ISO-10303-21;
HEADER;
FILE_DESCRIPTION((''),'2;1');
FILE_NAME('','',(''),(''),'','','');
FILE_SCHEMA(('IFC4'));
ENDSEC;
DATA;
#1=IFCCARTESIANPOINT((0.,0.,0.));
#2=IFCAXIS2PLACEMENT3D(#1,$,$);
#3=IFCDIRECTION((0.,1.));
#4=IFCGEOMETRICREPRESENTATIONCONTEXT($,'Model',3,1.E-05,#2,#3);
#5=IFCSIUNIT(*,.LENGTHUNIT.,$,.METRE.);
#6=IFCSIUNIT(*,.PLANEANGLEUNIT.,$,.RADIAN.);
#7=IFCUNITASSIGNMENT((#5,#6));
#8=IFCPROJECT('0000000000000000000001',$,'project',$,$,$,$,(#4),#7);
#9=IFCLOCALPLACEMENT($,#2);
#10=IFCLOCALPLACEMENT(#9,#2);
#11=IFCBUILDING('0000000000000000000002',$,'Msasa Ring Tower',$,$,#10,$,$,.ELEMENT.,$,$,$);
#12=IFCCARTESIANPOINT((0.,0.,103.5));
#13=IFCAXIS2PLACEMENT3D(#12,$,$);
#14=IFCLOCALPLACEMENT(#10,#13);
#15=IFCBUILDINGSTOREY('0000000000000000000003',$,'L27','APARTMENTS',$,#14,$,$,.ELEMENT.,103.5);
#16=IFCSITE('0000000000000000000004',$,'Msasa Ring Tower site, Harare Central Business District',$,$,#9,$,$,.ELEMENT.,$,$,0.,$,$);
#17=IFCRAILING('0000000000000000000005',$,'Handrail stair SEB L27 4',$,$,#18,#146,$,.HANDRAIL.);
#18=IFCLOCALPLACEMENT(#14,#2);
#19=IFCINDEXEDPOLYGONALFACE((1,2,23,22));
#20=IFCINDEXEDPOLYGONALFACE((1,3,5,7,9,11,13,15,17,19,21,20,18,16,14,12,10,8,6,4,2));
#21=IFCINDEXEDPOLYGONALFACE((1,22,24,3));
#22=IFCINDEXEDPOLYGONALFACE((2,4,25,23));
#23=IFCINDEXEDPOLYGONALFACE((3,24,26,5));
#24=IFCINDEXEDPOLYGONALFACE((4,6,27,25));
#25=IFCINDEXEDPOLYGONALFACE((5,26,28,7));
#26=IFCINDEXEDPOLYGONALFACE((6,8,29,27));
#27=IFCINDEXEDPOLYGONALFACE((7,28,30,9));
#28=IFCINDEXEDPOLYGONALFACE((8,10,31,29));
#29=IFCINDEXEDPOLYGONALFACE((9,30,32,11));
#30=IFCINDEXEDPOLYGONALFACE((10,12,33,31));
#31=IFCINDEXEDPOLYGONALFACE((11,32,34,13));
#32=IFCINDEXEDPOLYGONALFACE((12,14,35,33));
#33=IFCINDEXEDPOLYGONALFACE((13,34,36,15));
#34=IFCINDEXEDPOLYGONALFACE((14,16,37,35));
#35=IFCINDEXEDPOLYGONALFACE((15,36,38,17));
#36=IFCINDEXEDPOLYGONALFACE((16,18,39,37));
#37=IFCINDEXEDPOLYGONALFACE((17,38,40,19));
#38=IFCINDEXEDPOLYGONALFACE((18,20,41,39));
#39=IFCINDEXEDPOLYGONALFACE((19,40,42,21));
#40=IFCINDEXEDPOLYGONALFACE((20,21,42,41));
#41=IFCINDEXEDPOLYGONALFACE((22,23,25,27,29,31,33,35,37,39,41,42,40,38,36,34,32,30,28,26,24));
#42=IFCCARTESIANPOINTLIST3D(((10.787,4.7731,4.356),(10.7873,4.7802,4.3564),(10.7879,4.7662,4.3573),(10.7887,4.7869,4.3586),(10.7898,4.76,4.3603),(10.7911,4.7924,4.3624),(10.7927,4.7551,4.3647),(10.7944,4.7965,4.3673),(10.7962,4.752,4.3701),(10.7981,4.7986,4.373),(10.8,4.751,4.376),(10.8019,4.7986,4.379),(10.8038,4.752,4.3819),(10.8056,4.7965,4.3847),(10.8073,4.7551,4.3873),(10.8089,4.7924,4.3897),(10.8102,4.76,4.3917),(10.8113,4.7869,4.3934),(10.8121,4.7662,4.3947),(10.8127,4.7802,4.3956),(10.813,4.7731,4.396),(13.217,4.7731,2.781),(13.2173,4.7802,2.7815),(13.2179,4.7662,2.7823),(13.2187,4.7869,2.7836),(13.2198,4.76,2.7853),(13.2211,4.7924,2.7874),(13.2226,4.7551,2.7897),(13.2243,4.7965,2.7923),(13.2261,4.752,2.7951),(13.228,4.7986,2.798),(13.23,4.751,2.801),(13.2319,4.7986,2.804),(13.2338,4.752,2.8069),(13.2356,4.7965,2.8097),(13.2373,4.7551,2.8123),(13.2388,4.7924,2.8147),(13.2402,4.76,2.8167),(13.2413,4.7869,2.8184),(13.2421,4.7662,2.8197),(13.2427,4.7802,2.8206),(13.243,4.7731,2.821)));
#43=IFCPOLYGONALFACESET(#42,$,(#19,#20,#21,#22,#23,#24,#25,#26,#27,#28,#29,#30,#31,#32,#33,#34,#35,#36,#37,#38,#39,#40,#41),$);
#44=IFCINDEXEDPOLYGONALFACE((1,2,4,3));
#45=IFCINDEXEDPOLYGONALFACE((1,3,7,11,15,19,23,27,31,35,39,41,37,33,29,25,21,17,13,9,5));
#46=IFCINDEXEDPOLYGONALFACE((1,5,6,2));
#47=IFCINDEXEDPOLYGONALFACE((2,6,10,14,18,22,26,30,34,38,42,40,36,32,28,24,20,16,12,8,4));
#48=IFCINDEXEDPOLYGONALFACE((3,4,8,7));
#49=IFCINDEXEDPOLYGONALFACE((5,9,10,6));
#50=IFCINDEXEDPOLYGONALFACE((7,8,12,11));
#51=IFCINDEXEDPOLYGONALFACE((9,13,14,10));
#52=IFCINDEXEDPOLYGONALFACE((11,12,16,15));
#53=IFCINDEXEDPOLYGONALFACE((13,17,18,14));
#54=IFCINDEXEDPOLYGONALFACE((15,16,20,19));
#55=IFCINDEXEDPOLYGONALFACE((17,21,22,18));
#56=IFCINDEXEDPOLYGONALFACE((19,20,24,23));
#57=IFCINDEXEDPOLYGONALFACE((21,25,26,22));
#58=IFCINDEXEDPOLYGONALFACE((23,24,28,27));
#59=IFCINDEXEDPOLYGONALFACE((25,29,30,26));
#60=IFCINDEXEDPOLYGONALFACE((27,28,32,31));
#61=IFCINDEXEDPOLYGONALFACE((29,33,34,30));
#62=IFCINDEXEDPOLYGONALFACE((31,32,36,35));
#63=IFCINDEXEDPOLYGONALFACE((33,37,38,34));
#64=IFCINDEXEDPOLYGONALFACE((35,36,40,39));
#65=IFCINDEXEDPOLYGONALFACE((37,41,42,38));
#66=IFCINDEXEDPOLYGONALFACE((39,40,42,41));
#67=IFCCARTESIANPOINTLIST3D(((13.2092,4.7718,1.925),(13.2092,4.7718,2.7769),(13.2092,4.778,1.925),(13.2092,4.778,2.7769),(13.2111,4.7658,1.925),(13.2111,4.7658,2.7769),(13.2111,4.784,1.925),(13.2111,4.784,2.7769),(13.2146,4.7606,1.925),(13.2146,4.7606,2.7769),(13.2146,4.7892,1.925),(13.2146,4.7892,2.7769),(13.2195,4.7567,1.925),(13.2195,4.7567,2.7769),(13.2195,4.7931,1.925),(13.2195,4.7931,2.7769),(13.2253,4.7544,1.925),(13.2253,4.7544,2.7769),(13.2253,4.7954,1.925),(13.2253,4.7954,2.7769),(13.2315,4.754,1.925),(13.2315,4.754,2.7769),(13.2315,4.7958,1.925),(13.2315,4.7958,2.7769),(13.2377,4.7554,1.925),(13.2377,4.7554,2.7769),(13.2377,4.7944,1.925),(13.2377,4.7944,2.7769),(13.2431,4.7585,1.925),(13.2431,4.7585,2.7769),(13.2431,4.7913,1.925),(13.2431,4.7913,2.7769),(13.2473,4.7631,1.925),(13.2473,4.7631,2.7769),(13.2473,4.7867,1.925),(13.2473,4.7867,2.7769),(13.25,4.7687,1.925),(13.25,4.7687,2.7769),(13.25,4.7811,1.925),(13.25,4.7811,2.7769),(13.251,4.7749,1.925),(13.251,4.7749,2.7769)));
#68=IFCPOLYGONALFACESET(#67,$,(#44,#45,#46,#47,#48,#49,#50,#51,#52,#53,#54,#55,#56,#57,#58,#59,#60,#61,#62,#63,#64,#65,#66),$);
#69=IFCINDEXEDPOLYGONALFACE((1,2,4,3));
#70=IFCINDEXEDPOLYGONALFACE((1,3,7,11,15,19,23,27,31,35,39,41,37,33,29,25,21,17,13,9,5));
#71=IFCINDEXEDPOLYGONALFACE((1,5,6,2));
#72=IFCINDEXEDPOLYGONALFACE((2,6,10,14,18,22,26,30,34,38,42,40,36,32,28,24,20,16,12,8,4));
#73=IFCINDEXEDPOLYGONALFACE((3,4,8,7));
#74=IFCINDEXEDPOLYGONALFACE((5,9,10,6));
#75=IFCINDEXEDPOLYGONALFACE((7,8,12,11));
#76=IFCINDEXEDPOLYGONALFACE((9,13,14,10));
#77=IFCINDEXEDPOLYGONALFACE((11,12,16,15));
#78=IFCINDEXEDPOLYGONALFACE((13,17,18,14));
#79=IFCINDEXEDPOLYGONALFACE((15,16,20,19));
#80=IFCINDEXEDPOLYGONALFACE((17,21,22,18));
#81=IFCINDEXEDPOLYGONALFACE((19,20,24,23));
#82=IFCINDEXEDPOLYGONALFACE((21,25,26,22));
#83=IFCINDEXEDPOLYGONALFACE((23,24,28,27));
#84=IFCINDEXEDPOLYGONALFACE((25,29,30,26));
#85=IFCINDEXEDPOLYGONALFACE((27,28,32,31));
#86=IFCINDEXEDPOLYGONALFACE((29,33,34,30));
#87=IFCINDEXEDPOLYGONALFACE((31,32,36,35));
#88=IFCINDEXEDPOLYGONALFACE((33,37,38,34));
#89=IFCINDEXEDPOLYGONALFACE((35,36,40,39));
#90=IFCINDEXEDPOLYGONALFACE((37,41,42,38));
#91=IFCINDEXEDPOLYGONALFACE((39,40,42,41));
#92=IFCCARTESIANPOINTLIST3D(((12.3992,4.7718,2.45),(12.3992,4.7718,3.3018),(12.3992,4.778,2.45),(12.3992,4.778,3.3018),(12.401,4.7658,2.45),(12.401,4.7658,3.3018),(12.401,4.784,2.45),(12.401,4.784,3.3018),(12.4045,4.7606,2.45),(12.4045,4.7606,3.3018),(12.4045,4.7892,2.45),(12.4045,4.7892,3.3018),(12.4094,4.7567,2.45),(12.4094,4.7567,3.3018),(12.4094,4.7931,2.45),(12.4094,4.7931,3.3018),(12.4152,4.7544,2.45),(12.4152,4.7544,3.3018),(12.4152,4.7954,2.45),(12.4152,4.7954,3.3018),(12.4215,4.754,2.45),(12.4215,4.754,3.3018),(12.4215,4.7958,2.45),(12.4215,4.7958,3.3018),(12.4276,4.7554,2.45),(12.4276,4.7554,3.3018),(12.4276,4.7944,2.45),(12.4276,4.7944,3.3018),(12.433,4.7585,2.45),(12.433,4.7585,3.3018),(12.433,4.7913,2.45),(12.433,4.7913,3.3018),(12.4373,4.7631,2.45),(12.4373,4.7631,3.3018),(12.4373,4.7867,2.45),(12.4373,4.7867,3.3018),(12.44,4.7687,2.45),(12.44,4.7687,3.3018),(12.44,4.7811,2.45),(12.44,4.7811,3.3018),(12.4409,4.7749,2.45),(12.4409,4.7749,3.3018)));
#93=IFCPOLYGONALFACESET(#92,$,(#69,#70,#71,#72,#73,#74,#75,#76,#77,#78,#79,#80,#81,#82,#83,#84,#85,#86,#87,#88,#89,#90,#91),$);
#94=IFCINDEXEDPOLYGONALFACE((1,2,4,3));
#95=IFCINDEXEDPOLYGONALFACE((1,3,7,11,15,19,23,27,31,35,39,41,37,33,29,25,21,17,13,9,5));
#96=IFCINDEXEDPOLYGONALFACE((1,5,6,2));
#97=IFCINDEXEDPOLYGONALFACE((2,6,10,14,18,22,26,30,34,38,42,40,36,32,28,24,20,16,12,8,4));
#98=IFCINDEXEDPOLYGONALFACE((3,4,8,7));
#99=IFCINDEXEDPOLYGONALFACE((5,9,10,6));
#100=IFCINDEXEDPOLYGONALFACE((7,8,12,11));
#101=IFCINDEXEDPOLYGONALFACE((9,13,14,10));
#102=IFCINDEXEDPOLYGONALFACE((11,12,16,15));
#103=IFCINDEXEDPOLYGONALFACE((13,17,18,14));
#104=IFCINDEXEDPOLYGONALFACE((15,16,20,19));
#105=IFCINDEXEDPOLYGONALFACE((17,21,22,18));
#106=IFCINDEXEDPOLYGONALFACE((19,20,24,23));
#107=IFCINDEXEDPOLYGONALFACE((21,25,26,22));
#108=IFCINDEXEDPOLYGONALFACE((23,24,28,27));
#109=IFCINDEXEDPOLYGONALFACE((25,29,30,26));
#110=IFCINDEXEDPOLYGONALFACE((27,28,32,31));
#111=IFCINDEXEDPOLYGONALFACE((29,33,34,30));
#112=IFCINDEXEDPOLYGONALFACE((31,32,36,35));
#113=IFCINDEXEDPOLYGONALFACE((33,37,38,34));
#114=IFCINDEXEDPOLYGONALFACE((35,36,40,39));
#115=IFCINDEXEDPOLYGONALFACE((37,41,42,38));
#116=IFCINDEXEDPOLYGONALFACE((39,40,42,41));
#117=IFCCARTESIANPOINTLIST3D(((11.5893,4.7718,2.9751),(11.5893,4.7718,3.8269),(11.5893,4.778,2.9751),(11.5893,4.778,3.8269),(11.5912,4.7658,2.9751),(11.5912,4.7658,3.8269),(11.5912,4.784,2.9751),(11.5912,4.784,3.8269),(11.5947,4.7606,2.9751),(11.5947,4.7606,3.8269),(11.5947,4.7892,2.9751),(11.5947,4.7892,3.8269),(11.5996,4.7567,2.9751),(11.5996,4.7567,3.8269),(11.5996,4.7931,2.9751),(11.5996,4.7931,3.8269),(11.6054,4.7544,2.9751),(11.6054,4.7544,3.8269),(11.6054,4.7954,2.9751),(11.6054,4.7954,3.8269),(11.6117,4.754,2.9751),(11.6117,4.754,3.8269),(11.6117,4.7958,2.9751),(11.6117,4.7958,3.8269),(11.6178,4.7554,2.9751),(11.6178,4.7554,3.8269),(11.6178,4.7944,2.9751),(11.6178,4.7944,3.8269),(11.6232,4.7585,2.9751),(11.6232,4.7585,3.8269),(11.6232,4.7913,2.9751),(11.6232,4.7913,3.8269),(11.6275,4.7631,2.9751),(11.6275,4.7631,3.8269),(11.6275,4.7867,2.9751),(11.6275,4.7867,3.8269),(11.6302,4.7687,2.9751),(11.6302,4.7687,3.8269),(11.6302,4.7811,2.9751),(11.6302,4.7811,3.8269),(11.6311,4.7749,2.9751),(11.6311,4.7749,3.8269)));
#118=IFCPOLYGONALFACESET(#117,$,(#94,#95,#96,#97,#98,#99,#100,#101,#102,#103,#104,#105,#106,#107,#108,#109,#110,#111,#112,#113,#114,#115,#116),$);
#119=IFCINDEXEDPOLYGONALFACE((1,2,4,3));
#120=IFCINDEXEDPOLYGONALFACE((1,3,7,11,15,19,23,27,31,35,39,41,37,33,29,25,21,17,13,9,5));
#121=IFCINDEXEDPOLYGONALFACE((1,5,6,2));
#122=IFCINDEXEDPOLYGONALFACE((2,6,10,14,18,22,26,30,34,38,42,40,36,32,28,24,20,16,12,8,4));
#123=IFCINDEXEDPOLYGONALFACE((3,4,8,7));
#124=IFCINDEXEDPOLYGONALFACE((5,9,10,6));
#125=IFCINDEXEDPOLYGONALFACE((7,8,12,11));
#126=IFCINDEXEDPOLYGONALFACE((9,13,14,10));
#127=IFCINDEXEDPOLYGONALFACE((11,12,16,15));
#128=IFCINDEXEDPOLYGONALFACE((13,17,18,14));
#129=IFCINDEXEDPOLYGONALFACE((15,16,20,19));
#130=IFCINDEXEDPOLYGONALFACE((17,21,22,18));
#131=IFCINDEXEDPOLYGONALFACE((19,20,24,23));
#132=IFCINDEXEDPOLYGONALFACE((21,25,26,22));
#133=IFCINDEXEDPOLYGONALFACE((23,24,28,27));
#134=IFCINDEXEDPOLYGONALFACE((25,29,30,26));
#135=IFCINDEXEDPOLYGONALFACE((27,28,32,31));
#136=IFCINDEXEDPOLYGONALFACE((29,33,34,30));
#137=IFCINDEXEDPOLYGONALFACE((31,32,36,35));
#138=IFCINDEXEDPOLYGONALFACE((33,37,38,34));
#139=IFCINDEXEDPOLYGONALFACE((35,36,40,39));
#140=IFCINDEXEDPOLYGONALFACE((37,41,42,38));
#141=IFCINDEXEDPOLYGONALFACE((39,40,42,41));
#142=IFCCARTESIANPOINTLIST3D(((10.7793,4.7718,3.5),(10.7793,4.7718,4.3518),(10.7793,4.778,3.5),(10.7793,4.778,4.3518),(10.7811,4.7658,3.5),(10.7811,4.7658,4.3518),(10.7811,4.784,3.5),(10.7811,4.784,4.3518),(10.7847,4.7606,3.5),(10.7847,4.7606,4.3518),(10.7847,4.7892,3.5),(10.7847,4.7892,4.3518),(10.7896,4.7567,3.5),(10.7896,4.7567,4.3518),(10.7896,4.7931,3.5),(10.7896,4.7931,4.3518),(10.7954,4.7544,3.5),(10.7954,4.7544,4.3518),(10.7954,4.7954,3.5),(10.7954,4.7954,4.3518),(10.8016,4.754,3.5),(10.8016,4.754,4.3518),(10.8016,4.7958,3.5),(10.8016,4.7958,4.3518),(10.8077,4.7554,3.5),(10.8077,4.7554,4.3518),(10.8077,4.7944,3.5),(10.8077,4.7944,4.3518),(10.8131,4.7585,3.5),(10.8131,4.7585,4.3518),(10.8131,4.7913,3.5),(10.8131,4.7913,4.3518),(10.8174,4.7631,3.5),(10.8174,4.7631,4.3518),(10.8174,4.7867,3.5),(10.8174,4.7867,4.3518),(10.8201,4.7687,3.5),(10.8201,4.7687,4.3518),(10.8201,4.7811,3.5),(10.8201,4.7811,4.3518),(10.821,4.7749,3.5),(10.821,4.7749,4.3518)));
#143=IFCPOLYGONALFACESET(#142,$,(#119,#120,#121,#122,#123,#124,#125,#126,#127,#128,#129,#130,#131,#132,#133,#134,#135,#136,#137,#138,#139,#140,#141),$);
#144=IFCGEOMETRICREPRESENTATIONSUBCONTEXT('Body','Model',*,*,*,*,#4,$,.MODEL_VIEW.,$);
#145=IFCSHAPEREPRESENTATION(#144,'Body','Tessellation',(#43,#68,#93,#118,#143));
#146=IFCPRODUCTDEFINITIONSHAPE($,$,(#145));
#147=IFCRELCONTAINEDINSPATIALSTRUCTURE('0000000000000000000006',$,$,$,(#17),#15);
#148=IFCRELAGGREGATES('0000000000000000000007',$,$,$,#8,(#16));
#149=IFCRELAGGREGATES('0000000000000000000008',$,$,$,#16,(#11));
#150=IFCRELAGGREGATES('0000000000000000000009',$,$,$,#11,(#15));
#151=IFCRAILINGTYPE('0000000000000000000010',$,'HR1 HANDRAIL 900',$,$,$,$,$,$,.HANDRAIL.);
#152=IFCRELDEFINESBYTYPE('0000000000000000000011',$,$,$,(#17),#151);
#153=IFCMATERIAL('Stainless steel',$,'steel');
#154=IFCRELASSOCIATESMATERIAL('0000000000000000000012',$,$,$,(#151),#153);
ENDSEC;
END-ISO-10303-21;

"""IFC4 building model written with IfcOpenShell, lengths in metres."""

from ifc_helpers import new_model, si_unit, direction, frame, origin, origin_2d, place, context, subcontext, project, spatial, circle, extrude, material, type_object, element, save


model = new_model("IFC4")

# Units and contexts
model_context = context("Model", 3, precision=1e-05, world=origin(), true_north=direction((0.0, 1.0)))
body_context = subcontext(model_context, "Body", "Model", "MODEL_VIEW")
ifc_project = project(units=[si_unit("LENGTHUNIT", "METRE"), si_unit("PLANEANGLEUNIT", "RADIAN")], contexts=[model_context])

# Site, building, storey
site_placement = place(None, origin())
site = spatial("IfcSite", under=ifc_project, at=site_placement, Name="Msasa Ring Tower site, Harare Central Business District", CompositionType="ELEMENT", RefElevation=0.0)
building_placement = place(site_placement, origin())
building = spatial("IfcBuilding", under=site, at=building_placement, Name="Msasa Ring Tower", CompositionType="ELEMENT")
storey_placement = place(building_placement, frame((0.0, 0.0, 103.5)))
storey = spatial("IfcBuildingStorey", under=building, at=storey_placement, Name="L27", Description="APARTMENTS", CompositionType="ELEMENT", Elevation=103.5)

# Railing
ifc_material_1 = material(Name="Stainless steel", Category="steel")
railing_type = type_object("IfcRailingType", Name="HR1 HANDRAIL 900", PredefinedType="HANDRAIL", material=ifc_material_1)
for number, where, name in (
    (1, (13.23, 4.7749, 1.925), "Handrail stair SEB L27 4"),
):
    element("IfcRailing", number, at=place(storey_placement, frame(where)), inside=storey, type_object=railing_type, Name=name, PredefinedType="HANDRAIL", context=body_context, shape_type="SweptSolid", body=[
        extrude(circle(Radius=0.0239, at=origin_2d()), frame((0.0, 0.0, 0.876), z_axis=(-0.839154, 0.0, 0.543894), x_axis=(0.0, -1.0, 0.0)), (0.0, 0.0, 1.0), 2.8958),
        extrude(circle(Radius=0.021, at=origin_2d()), origin(), (0.0, 0.0, 1.0), 0.8518),
        extrude(circle(Radius=0.021, at=origin_2d()), frame((-0.8101, 0.0, 0.5249)), (0.0, 0.0, 1.0), 0.8518),
        extrude(circle(Radius=0.021, at=origin_2d()), frame((-1.6199, 0.0, 1.05)), (0.0, 0.0, 1.0), 0.8518),
        extrude(circle(Radius=0.021, at=origin_2d()), frame((-2.4299, 0.0, 1.575)), (0.0, 0.0, 1.0), 0.8518),
    ])

save(model, "model.ifc")
